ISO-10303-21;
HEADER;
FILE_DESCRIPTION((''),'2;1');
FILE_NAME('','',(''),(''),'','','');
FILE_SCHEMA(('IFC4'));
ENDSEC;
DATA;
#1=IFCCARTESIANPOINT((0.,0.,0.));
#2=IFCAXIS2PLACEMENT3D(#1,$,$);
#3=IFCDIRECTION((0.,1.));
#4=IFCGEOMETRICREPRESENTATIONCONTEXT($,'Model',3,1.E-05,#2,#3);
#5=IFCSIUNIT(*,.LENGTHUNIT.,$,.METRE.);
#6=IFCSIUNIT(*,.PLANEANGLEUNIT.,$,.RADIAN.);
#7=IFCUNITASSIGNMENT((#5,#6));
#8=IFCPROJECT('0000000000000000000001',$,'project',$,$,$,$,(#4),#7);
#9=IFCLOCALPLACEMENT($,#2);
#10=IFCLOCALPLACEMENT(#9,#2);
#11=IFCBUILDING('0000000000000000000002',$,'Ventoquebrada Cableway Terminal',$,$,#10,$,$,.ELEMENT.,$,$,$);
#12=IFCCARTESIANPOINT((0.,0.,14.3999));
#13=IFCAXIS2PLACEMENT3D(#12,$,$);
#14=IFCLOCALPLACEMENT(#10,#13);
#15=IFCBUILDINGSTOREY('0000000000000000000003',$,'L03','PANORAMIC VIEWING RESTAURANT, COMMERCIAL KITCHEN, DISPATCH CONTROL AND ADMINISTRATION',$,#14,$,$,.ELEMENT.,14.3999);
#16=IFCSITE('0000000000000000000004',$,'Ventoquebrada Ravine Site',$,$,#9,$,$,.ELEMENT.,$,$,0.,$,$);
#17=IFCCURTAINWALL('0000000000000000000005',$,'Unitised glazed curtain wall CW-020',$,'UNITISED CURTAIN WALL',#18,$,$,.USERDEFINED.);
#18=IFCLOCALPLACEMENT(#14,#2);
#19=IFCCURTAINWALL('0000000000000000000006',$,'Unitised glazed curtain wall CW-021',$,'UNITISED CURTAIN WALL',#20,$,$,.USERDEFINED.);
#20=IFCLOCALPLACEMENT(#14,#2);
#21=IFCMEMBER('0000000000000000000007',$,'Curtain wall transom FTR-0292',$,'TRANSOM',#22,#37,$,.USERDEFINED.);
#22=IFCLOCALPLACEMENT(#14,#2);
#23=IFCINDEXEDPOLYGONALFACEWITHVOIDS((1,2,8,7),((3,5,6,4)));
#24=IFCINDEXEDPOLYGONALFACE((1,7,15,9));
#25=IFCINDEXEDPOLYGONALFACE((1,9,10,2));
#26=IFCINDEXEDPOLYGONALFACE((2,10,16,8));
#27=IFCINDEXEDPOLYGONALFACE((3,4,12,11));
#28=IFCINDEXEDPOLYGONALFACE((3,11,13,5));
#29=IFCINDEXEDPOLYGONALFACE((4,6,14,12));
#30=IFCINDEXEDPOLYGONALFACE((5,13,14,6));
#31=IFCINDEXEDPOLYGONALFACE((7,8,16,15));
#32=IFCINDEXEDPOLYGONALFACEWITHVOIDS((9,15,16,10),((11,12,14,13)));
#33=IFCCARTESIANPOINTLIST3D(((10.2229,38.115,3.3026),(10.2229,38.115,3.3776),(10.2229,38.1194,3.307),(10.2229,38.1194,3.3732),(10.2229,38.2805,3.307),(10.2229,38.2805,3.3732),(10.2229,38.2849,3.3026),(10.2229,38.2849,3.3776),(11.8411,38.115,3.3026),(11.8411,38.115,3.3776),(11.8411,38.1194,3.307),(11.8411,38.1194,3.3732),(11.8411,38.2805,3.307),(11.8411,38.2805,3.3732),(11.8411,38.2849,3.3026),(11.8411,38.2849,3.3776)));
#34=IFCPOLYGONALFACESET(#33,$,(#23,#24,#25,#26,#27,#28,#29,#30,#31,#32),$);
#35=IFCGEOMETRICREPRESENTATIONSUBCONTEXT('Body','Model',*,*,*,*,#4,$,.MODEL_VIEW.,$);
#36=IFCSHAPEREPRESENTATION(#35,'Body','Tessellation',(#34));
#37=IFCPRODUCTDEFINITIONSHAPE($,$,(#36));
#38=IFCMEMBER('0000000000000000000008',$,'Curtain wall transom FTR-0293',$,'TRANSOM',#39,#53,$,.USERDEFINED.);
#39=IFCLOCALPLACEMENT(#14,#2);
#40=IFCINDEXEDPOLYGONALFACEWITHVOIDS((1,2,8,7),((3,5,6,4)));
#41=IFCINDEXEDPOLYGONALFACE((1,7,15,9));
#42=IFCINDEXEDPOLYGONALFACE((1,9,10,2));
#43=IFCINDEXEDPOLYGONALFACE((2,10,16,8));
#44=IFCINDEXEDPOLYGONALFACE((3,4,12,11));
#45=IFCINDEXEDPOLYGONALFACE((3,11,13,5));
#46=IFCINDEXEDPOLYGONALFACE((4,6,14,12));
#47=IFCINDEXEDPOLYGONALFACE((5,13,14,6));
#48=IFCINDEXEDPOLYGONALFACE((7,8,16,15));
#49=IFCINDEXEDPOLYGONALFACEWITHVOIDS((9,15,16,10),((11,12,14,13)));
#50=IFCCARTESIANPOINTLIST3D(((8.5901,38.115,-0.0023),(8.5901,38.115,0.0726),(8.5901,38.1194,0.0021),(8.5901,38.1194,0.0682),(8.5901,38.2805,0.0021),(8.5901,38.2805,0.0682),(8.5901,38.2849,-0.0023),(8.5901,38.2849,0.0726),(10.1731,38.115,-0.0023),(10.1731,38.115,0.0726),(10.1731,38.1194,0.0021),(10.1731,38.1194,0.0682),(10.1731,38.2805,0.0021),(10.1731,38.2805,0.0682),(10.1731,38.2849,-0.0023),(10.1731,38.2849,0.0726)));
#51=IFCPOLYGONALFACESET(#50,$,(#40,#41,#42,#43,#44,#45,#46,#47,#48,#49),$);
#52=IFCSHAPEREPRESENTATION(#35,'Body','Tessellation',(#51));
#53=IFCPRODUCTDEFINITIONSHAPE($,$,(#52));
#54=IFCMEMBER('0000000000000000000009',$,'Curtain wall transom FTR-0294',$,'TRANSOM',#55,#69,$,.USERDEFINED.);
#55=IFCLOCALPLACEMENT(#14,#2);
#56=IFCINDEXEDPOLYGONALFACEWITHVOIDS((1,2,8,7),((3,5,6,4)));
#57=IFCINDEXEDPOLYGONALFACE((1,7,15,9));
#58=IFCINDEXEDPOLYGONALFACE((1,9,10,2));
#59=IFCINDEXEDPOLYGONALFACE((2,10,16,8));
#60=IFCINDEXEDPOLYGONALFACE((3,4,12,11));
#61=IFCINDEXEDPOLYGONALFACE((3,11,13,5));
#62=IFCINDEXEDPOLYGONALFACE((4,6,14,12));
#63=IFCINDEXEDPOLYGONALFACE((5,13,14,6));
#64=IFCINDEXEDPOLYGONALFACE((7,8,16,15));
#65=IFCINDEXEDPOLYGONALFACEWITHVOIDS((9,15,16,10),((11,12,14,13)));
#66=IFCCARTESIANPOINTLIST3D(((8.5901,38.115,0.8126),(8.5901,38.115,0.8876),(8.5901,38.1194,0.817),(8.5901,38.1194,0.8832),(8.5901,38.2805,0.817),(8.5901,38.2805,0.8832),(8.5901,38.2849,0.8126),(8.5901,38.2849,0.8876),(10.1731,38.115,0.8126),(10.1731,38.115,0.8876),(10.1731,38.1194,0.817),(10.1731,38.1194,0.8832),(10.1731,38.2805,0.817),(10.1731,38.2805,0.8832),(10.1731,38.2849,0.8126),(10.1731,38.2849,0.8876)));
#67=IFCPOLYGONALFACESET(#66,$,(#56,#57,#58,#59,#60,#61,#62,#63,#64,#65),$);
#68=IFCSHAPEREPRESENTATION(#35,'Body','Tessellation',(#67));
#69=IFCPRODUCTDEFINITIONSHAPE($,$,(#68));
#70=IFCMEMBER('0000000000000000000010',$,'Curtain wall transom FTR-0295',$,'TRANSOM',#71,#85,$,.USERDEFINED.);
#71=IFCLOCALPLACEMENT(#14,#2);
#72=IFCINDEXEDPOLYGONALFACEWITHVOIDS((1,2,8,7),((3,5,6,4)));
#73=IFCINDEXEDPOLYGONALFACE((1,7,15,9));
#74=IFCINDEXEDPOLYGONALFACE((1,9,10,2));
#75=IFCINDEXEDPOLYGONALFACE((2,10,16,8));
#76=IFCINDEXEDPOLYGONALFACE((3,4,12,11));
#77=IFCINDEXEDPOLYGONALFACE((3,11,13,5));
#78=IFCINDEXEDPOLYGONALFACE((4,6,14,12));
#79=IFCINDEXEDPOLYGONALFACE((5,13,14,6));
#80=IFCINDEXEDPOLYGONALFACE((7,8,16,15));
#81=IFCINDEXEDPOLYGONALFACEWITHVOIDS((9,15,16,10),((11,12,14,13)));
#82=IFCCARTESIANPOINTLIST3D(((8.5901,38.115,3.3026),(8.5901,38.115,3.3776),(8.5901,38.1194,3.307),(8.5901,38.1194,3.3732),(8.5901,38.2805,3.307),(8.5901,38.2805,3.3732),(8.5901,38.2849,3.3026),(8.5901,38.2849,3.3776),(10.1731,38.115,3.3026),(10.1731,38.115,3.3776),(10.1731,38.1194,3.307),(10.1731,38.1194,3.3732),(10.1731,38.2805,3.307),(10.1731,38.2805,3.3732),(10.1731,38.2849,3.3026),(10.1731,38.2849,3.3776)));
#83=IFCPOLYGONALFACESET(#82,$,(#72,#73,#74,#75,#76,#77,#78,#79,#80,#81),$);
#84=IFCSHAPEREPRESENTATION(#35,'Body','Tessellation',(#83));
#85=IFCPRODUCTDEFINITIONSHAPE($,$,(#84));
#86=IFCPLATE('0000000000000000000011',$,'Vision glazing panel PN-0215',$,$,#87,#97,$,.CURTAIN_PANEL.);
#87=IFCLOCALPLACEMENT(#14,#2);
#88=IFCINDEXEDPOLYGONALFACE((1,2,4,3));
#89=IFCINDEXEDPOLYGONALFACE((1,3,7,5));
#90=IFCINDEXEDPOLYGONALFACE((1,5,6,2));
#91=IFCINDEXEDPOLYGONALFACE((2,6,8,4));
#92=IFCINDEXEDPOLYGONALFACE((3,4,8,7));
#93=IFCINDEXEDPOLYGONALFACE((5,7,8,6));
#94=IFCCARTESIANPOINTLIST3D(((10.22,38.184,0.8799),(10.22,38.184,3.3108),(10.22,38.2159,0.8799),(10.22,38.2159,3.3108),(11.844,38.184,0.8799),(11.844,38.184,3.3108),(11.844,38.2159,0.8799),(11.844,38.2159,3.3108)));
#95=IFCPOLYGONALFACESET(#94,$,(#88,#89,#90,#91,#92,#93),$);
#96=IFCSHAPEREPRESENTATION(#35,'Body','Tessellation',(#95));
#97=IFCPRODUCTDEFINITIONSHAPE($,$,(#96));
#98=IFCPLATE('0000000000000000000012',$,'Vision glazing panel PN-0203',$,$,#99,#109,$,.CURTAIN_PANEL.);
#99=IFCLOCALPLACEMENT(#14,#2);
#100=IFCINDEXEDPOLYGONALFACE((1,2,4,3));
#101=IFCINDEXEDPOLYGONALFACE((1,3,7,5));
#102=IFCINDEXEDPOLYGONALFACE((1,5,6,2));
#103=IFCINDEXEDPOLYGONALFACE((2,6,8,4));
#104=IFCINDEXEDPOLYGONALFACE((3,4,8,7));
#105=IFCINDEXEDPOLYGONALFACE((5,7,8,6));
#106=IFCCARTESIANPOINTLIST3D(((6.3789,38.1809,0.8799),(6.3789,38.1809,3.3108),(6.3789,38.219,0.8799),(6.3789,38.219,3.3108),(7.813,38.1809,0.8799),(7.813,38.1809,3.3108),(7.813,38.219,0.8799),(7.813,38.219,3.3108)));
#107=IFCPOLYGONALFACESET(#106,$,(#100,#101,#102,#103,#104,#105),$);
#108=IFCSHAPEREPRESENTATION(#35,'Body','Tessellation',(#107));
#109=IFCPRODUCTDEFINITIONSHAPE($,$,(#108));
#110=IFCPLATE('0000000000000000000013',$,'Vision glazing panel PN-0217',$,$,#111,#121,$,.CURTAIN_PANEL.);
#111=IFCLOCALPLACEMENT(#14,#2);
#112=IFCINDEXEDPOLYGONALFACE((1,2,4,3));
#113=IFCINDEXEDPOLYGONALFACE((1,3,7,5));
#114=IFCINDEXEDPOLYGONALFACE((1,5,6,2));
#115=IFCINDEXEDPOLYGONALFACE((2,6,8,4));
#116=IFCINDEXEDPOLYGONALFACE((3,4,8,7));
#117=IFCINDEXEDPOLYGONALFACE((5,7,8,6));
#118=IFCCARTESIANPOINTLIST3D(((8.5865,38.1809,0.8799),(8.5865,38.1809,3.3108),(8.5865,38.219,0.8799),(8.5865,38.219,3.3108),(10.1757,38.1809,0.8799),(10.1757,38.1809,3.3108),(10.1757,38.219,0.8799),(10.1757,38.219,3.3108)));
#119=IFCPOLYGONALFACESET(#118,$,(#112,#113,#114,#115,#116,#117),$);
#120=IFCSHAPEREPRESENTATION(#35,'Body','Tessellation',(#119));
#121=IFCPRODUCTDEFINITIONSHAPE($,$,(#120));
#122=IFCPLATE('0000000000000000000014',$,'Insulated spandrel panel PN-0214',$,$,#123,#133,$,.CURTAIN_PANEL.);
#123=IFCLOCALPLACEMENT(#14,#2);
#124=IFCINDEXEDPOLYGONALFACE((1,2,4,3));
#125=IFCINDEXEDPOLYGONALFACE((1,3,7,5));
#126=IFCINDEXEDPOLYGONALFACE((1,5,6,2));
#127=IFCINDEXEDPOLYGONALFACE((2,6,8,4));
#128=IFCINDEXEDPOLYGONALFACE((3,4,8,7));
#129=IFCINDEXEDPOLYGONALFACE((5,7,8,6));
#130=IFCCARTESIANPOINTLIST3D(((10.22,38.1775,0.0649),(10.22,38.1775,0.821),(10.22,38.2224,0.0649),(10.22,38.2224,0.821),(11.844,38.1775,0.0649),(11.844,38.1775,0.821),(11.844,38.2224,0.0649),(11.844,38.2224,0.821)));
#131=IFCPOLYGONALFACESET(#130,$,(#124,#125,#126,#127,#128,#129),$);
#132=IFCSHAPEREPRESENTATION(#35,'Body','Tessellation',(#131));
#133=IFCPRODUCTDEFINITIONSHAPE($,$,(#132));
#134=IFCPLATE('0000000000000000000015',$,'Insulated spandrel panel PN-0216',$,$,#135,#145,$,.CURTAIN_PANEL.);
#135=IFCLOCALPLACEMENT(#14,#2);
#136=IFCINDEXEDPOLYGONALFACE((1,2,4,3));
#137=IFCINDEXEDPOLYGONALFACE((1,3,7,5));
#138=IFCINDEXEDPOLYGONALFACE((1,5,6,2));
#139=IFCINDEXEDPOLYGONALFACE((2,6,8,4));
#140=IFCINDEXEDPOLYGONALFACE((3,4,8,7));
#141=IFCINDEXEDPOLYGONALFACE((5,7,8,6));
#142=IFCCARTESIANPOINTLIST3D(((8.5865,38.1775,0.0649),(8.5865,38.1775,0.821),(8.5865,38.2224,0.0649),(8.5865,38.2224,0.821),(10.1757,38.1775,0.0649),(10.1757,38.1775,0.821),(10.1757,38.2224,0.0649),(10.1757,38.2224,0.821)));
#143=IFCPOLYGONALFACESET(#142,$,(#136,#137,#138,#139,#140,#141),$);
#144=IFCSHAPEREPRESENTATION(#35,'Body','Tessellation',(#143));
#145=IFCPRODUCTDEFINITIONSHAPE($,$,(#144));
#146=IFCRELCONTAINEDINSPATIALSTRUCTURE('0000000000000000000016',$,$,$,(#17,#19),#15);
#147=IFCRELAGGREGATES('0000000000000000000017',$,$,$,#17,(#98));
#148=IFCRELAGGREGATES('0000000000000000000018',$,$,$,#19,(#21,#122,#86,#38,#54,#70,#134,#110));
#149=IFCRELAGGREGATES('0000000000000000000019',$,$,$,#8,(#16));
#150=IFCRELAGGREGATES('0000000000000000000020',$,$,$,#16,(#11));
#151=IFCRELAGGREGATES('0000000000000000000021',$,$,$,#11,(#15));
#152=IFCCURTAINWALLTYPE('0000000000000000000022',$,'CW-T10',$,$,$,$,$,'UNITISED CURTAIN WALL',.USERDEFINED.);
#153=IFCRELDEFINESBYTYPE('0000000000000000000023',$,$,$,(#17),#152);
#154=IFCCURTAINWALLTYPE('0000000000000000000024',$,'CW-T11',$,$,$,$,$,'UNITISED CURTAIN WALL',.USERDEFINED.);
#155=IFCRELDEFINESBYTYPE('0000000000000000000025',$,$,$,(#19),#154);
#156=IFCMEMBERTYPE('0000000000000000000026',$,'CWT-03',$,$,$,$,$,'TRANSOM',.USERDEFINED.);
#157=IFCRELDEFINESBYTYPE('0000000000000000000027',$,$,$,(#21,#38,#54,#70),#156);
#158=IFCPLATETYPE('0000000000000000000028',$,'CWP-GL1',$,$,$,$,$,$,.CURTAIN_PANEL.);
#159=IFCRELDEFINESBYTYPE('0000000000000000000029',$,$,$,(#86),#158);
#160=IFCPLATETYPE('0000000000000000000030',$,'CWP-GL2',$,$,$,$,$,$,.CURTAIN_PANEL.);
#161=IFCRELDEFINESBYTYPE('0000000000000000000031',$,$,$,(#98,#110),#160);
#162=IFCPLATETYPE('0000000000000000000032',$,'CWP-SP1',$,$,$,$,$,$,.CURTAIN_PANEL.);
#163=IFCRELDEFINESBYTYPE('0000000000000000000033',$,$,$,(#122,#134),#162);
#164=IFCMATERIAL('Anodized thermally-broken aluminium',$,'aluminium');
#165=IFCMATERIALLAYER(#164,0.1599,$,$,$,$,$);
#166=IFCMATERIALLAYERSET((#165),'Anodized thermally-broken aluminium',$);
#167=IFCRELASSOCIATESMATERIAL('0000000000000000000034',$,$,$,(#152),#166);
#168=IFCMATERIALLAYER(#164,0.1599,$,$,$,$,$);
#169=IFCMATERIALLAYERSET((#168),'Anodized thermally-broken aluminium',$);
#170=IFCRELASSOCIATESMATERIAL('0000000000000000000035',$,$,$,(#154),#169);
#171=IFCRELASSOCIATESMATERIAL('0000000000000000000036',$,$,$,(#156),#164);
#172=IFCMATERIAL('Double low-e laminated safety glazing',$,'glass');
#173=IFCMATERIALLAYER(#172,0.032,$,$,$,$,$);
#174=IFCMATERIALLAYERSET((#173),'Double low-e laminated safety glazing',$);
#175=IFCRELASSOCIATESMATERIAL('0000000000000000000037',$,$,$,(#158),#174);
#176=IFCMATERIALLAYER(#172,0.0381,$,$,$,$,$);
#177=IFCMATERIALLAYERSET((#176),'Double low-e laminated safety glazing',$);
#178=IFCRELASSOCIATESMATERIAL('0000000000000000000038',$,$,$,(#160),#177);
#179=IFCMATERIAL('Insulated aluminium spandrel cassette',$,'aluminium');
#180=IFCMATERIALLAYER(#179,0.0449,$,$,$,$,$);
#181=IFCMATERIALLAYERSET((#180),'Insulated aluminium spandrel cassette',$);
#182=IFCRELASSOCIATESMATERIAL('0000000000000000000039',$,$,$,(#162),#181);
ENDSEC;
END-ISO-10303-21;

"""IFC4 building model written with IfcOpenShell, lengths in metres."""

from ifc_helpers import new_model, si_unit, direction, frame, origin, origin_2d, place, context, subcontext, project, spatial, rectangle, hollow_rectangle, extrude, material, layer, layer_set, material_profile, profile_set, type_object, element, aggregate, save


model = new_model("IFC4")

# Units and contexts
model_context = context("Model", 3, precision=1e-05, world=origin(), true_north=direction((0.0, 1.0)))
body_context = subcontext(model_context, "Body", "Model", "MODEL_VIEW")
ifc_project = project(units=[si_unit("LENGTHUNIT", "METRE"), si_unit("PLANEANGLEUNIT", "RADIAN")], contexts=[model_context])

# Site, building, storey
site_placement = place(None, origin())
site = spatial("IfcSite", under=ifc_project, at=site_placement, Name="Ventoquebrada Ravine Site", CompositionType="ELEMENT", RefElevation=0.0)
building_placement = place(site_placement, origin())
building = spatial("IfcBuilding", under=site, at=building_placement, Name="Ventoquebrada Cableway Terminal", CompositionType="ELEMENT")
storey_placement = place(building_placement, frame((0.0, 0.0, 14.3999)))
storey = spatial("IfcBuildingStorey", under=building, at=storey_placement, Name="L03", Description="PANORAMIC VIEWING RESTAURANT, COMMERCIAL KITCHEN, DISPATCH CONTROL AND ADMINISTRATION", CompositionType="ELEMENT", Elevation=14.3999)

# Curtain wall
ifc_material_1 = material(Name="Anodized thermally-broken aluminium", Category="aluminium")
ifc_layer_1 = layer(ifc_material_1, 0.1599)
ifc_layer_set_1 = layer_set([ifc_layer_1], Name="Anodized thermally-broken aluminium")
curtain_wall_type_1 = type_object("IfcCurtainWallType", Name="CW-T10", ElementType="UNITISED CURTAIN WALL", PredefinedType="USERDEFINED", material=ifc_layer_set_1)
curtain_wall_1_placement = place(storey_placement, origin())
curtain_wall_1 = element("IfcCurtainWall", 1, at=curtain_wall_1_placement, inside=storey, type_object=curtain_wall_type_1, Name="Unitised glazed curtain wall CW-020", ObjectType="UNITISED CURTAIN WALL", PredefinedType="USERDEFINED")

# Curtain wall
ifc_layer_2 = layer(ifc_material_1, 0.1599)
ifc_layer_set_2 = layer_set([ifc_layer_2], Name="Anodized thermally-broken aluminium")
curtain_wall_type_2 = type_object("IfcCurtainWallType", Name="CW-T11", ElementType="UNITISED CURTAIN WALL", PredefinedType="USERDEFINED", material=ifc_layer_set_2)
curtain_wall_2_placement = place(storey_placement, origin())
curtain_wall_2 = element("IfcCurtainWall", 2, at=curtain_wall_2_placement, inside=storey, type_object=curtain_wall_type_2, Name="Unitised glazed curtain wall CW-021", ObjectType="UNITISED CURTAIN WALL", PredefinedType="USERDEFINED")

# Members
ifc_material_profile_1 = material_profile(ifc_material_1, hollow_rectangle(XDim=0.075, YDim=0.1699, WallThickness=0.0044, at=origin_2d()), Name="CW-TRN-75X170")
ifc_profile_set_1 = profile_set([ifc_material_profile_1], Name="Anodized thermally-broken aluminium")
member_type_1 = type_object("IfcMemberType", Name="CWT-03", ElementType="TRANSOM", PredefinedType="USERDEFINED", material=ifc_profile_set_1)
member_1_placement = place(storey_placement, frame((11.8411, 38.2, 3.3401), z_axis=(-1.0, 0.0, 0.0), x_axis=(0.0, 0.0, 1.0)))
member_1 = element("IfcMember", 3, at=member_1_placement, type_object=member_type_1, Name="Curtain wall transom FTR-0292", ObjectType="TRANSOM", PredefinedType="USERDEFINED", context=body_context, shape_type="SweptSolid", body=[
    extrude(hollow_rectangle(XDim=0.075, YDim=0.1699, WallThickness=0.0044, at=origin_2d()), origin(), (0.0, 0.0, 1.0), 1.6182),
])
member_2_placement = place(storey_placement, frame((10.1731, 38.2, 0.0352), z_axis=(-1.0, 0.0, 0.0), x_axis=(0.0, 0.0, 1.0)))
member_2 = element("IfcMember", 4, at=member_2_placement, type_object=member_type_1, Name="Curtain wall transom FTR-0293", ObjectType="TRANSOM", PredefinedType="USERDEFINED", context=body_context, shape_type="SweptSolid", body=[
    extrude(hollow_rectangle(XDim=0.075, YDim=0.1699, WallThickness=0.0044, at=origin_2d()), origin(), (0.0, 0.0, 1.0), 1.583),
])
member_3_placement = place(storey_placement, frame((10.1731, 38.2, 0.8501), z_axis=(-1.0, 0.0, 0.0), x_axis=(0.0, 0.0, 1.0)))
member_3 = element("IfcMember", 5, at=member_3_placement, type_object=member_type_1, Name="Curtain wall transom FTR-0294", ObjectType="TRANSOM", PredefinedType="USERDEFINED", context=body_context, shape_type="SweptSolid", body=[
    extrude(hollow_rectangle(XDim=0.075, YDim=0.1699, WallThickness=0.0044, at=origin_2d()), origin(), (0.0, 0.0, 1.0), 1.583),
])
member_4_placement = place(storey_placement, frame((10.1731, 38.2, 3.3401), z_axis=(-1.0, 0.0, 0.0), x_axis=(0.0, 0.0, 1.0)))
member_4 = element("IfcMember", 6, at=member_4_placement, type_object=member_type_1, Name="Curtain wall transom FTR-0295", ObjectType="TRANSOM", PredefinedType="USERDEFINED", context=body_context, shape_type="SweptSolid", body=[
    extrude(hollow_rectangle(XDim=0.075, YDim=0.1699, WallThickness=0.0044, at=origin_2d()), origin(), (0.0, 0.0, 1.0), 1.583),
])

# Plates
ifc_material_2 = material(Name="Double low-e laminated safety glazing", Category="glass")
ifc_layer_3 = layer(ifc_material_2, 0.032)
ifc_layer_set_3 = layer_set([ifc_layer_3], Name="Double low-e laminated safety glazing")
plate_type_1 = type_object("IfcPlateType", Name="CWP-GL1", PredefinedType="CURTAIN_PANEL", material=ifc_layer_set_3)
plate_1_placement = place(storey_placement, frame((11.032, 38.2, 0.8799), z_axis=(0.0, 0.0, 1.0), x_axis=(-1.0, 0.0, 0.0)))
plate_1 = element("IfcPlate", 7, at=plate_1_placement, type_object=plate_type_1, Name="Vision glazing panel PN-0215", PredefinedType="CURTAIN_PANEL", context=body_context, shape_type="SweptSolid", body=[
    extrude(rectangle(XDim=1.624, YDim=0.032, at=origin_2d()), origin(), (0.0, 0.0, 1.0), 2.4309),
])
ifc_layer_4 = layer(ifc_material_2, 0.0381)
ifc_layer_set_4 = layer_set([ifc_layer_4], Name="Double low-e laminated safety glazing")
plate_type_2 = type_object("IfcPlateType", Name="CWP-GL2", PredefinedType="CURTAIN_PANEL", material=ifc_layer_set_4)
plate_2_placement = place(storey_placement, frame((7.0959, 38.2, 0.8799), z_axis=(0.0, 0.0, 1.0), x_axis=(-1.0, 0.0, 0.0)))
plate_2 = element("IfcPlate", 8, at=plate_2_placement, type_object=plate_type_2, Name="Vision glazing panel PN-0203", PredefinedType="CURTAIN_PANEL", context=body_context, shape_type="SweptSolid", body=[
    extrude(rectangle(XDim=1.4341, YDim=0.0381, at=origin_2d()), origin(), (0.0, 0.0, 1.0), 2.4309),
])
aggregate(curtain_wall_1, [plate_2])
plate_3_placement = place(storey_placement, frame((9.3811, 38.2, 0.8799), z_axis=(0.0, 0.0, 1.0), x_axis=(-1.0, 0.0, 0.0)))
plate_3 = element("IfcPlate", 9, at=plate_3_placement, type_object=plate_type_2, Name="Vision glazing panel PN-0217", PredefinedType="CURTAIN_PANEL", context=body_context, shape_type="SweptSolid", body=[
    extrude(rectangle(XDim=1.5891, YDim=0.0381, at=origin_2d()), origin(), (0.0, 0.0, 1.0), 2.4309),
])
ifc_material_3 = material(Name="Insulated aluminium spandrel cassette", Category="aluminium")
ifc_layer_5 = layer(ifc_material_3, 0.0449)
ifc_layer_set_5 = layer_set([ifc_layer_5], Name="Insulated aluminium spandrel cassette")
plate_type_3 = type_object("IfcPlateType", Name="CWP-SP1", PredefinedType="CURTAIN_PANEL", material=ifc_layer_set_5)
plate_4_placement = place(storey_placement, frame((11.032, 38.2, 0.0649), z_axis=(0.0, 0.0, 1.0), x_axis=(-1.0, 0.0, 0.0)))
plate_4 = element("IfcPlate", 10, at=plate_4_placement, type_object=plate_type_3, Name="Insulated spandrel panel PN-0214", PredefinedType="CURTAIN_PANEL", context=body_context, shape_type="SweptSolid", body=[
    extrude(rectangle(XDim=1.624, YDim=0.0449, at=origin_2d()), origin(), (0.0, 0.0, 1.0), 0.7561),
])
plate_5_placement = place(storey_placement, frame((9.3811, 38.2, 0.0649), z_axis=(0.0, 0.0, 1.0), x_axis=(-1.0, 0.0, 0.0)))
plate_5 = element("IfcPlate", 11, at=plate_5_placement, type_object=plate_type_3, Name="Insulated spandrel panel PN-0216", PredefinedType="CURTAIN_PANEL", context=body_context, shape_type="SweptSolid", body=[
    extrude(rectangle(XDim=1.5891, YDim=0.0449, at=origin_2d()), origin(), (0.0, 0.0, 1.0), 0.7561),
])
aggregate(curtain_wall_2, [member_1, plate_4, plate_1, member_2, member_3, member_4, plate_5, plate_3])

save(model, "model.ifc")
